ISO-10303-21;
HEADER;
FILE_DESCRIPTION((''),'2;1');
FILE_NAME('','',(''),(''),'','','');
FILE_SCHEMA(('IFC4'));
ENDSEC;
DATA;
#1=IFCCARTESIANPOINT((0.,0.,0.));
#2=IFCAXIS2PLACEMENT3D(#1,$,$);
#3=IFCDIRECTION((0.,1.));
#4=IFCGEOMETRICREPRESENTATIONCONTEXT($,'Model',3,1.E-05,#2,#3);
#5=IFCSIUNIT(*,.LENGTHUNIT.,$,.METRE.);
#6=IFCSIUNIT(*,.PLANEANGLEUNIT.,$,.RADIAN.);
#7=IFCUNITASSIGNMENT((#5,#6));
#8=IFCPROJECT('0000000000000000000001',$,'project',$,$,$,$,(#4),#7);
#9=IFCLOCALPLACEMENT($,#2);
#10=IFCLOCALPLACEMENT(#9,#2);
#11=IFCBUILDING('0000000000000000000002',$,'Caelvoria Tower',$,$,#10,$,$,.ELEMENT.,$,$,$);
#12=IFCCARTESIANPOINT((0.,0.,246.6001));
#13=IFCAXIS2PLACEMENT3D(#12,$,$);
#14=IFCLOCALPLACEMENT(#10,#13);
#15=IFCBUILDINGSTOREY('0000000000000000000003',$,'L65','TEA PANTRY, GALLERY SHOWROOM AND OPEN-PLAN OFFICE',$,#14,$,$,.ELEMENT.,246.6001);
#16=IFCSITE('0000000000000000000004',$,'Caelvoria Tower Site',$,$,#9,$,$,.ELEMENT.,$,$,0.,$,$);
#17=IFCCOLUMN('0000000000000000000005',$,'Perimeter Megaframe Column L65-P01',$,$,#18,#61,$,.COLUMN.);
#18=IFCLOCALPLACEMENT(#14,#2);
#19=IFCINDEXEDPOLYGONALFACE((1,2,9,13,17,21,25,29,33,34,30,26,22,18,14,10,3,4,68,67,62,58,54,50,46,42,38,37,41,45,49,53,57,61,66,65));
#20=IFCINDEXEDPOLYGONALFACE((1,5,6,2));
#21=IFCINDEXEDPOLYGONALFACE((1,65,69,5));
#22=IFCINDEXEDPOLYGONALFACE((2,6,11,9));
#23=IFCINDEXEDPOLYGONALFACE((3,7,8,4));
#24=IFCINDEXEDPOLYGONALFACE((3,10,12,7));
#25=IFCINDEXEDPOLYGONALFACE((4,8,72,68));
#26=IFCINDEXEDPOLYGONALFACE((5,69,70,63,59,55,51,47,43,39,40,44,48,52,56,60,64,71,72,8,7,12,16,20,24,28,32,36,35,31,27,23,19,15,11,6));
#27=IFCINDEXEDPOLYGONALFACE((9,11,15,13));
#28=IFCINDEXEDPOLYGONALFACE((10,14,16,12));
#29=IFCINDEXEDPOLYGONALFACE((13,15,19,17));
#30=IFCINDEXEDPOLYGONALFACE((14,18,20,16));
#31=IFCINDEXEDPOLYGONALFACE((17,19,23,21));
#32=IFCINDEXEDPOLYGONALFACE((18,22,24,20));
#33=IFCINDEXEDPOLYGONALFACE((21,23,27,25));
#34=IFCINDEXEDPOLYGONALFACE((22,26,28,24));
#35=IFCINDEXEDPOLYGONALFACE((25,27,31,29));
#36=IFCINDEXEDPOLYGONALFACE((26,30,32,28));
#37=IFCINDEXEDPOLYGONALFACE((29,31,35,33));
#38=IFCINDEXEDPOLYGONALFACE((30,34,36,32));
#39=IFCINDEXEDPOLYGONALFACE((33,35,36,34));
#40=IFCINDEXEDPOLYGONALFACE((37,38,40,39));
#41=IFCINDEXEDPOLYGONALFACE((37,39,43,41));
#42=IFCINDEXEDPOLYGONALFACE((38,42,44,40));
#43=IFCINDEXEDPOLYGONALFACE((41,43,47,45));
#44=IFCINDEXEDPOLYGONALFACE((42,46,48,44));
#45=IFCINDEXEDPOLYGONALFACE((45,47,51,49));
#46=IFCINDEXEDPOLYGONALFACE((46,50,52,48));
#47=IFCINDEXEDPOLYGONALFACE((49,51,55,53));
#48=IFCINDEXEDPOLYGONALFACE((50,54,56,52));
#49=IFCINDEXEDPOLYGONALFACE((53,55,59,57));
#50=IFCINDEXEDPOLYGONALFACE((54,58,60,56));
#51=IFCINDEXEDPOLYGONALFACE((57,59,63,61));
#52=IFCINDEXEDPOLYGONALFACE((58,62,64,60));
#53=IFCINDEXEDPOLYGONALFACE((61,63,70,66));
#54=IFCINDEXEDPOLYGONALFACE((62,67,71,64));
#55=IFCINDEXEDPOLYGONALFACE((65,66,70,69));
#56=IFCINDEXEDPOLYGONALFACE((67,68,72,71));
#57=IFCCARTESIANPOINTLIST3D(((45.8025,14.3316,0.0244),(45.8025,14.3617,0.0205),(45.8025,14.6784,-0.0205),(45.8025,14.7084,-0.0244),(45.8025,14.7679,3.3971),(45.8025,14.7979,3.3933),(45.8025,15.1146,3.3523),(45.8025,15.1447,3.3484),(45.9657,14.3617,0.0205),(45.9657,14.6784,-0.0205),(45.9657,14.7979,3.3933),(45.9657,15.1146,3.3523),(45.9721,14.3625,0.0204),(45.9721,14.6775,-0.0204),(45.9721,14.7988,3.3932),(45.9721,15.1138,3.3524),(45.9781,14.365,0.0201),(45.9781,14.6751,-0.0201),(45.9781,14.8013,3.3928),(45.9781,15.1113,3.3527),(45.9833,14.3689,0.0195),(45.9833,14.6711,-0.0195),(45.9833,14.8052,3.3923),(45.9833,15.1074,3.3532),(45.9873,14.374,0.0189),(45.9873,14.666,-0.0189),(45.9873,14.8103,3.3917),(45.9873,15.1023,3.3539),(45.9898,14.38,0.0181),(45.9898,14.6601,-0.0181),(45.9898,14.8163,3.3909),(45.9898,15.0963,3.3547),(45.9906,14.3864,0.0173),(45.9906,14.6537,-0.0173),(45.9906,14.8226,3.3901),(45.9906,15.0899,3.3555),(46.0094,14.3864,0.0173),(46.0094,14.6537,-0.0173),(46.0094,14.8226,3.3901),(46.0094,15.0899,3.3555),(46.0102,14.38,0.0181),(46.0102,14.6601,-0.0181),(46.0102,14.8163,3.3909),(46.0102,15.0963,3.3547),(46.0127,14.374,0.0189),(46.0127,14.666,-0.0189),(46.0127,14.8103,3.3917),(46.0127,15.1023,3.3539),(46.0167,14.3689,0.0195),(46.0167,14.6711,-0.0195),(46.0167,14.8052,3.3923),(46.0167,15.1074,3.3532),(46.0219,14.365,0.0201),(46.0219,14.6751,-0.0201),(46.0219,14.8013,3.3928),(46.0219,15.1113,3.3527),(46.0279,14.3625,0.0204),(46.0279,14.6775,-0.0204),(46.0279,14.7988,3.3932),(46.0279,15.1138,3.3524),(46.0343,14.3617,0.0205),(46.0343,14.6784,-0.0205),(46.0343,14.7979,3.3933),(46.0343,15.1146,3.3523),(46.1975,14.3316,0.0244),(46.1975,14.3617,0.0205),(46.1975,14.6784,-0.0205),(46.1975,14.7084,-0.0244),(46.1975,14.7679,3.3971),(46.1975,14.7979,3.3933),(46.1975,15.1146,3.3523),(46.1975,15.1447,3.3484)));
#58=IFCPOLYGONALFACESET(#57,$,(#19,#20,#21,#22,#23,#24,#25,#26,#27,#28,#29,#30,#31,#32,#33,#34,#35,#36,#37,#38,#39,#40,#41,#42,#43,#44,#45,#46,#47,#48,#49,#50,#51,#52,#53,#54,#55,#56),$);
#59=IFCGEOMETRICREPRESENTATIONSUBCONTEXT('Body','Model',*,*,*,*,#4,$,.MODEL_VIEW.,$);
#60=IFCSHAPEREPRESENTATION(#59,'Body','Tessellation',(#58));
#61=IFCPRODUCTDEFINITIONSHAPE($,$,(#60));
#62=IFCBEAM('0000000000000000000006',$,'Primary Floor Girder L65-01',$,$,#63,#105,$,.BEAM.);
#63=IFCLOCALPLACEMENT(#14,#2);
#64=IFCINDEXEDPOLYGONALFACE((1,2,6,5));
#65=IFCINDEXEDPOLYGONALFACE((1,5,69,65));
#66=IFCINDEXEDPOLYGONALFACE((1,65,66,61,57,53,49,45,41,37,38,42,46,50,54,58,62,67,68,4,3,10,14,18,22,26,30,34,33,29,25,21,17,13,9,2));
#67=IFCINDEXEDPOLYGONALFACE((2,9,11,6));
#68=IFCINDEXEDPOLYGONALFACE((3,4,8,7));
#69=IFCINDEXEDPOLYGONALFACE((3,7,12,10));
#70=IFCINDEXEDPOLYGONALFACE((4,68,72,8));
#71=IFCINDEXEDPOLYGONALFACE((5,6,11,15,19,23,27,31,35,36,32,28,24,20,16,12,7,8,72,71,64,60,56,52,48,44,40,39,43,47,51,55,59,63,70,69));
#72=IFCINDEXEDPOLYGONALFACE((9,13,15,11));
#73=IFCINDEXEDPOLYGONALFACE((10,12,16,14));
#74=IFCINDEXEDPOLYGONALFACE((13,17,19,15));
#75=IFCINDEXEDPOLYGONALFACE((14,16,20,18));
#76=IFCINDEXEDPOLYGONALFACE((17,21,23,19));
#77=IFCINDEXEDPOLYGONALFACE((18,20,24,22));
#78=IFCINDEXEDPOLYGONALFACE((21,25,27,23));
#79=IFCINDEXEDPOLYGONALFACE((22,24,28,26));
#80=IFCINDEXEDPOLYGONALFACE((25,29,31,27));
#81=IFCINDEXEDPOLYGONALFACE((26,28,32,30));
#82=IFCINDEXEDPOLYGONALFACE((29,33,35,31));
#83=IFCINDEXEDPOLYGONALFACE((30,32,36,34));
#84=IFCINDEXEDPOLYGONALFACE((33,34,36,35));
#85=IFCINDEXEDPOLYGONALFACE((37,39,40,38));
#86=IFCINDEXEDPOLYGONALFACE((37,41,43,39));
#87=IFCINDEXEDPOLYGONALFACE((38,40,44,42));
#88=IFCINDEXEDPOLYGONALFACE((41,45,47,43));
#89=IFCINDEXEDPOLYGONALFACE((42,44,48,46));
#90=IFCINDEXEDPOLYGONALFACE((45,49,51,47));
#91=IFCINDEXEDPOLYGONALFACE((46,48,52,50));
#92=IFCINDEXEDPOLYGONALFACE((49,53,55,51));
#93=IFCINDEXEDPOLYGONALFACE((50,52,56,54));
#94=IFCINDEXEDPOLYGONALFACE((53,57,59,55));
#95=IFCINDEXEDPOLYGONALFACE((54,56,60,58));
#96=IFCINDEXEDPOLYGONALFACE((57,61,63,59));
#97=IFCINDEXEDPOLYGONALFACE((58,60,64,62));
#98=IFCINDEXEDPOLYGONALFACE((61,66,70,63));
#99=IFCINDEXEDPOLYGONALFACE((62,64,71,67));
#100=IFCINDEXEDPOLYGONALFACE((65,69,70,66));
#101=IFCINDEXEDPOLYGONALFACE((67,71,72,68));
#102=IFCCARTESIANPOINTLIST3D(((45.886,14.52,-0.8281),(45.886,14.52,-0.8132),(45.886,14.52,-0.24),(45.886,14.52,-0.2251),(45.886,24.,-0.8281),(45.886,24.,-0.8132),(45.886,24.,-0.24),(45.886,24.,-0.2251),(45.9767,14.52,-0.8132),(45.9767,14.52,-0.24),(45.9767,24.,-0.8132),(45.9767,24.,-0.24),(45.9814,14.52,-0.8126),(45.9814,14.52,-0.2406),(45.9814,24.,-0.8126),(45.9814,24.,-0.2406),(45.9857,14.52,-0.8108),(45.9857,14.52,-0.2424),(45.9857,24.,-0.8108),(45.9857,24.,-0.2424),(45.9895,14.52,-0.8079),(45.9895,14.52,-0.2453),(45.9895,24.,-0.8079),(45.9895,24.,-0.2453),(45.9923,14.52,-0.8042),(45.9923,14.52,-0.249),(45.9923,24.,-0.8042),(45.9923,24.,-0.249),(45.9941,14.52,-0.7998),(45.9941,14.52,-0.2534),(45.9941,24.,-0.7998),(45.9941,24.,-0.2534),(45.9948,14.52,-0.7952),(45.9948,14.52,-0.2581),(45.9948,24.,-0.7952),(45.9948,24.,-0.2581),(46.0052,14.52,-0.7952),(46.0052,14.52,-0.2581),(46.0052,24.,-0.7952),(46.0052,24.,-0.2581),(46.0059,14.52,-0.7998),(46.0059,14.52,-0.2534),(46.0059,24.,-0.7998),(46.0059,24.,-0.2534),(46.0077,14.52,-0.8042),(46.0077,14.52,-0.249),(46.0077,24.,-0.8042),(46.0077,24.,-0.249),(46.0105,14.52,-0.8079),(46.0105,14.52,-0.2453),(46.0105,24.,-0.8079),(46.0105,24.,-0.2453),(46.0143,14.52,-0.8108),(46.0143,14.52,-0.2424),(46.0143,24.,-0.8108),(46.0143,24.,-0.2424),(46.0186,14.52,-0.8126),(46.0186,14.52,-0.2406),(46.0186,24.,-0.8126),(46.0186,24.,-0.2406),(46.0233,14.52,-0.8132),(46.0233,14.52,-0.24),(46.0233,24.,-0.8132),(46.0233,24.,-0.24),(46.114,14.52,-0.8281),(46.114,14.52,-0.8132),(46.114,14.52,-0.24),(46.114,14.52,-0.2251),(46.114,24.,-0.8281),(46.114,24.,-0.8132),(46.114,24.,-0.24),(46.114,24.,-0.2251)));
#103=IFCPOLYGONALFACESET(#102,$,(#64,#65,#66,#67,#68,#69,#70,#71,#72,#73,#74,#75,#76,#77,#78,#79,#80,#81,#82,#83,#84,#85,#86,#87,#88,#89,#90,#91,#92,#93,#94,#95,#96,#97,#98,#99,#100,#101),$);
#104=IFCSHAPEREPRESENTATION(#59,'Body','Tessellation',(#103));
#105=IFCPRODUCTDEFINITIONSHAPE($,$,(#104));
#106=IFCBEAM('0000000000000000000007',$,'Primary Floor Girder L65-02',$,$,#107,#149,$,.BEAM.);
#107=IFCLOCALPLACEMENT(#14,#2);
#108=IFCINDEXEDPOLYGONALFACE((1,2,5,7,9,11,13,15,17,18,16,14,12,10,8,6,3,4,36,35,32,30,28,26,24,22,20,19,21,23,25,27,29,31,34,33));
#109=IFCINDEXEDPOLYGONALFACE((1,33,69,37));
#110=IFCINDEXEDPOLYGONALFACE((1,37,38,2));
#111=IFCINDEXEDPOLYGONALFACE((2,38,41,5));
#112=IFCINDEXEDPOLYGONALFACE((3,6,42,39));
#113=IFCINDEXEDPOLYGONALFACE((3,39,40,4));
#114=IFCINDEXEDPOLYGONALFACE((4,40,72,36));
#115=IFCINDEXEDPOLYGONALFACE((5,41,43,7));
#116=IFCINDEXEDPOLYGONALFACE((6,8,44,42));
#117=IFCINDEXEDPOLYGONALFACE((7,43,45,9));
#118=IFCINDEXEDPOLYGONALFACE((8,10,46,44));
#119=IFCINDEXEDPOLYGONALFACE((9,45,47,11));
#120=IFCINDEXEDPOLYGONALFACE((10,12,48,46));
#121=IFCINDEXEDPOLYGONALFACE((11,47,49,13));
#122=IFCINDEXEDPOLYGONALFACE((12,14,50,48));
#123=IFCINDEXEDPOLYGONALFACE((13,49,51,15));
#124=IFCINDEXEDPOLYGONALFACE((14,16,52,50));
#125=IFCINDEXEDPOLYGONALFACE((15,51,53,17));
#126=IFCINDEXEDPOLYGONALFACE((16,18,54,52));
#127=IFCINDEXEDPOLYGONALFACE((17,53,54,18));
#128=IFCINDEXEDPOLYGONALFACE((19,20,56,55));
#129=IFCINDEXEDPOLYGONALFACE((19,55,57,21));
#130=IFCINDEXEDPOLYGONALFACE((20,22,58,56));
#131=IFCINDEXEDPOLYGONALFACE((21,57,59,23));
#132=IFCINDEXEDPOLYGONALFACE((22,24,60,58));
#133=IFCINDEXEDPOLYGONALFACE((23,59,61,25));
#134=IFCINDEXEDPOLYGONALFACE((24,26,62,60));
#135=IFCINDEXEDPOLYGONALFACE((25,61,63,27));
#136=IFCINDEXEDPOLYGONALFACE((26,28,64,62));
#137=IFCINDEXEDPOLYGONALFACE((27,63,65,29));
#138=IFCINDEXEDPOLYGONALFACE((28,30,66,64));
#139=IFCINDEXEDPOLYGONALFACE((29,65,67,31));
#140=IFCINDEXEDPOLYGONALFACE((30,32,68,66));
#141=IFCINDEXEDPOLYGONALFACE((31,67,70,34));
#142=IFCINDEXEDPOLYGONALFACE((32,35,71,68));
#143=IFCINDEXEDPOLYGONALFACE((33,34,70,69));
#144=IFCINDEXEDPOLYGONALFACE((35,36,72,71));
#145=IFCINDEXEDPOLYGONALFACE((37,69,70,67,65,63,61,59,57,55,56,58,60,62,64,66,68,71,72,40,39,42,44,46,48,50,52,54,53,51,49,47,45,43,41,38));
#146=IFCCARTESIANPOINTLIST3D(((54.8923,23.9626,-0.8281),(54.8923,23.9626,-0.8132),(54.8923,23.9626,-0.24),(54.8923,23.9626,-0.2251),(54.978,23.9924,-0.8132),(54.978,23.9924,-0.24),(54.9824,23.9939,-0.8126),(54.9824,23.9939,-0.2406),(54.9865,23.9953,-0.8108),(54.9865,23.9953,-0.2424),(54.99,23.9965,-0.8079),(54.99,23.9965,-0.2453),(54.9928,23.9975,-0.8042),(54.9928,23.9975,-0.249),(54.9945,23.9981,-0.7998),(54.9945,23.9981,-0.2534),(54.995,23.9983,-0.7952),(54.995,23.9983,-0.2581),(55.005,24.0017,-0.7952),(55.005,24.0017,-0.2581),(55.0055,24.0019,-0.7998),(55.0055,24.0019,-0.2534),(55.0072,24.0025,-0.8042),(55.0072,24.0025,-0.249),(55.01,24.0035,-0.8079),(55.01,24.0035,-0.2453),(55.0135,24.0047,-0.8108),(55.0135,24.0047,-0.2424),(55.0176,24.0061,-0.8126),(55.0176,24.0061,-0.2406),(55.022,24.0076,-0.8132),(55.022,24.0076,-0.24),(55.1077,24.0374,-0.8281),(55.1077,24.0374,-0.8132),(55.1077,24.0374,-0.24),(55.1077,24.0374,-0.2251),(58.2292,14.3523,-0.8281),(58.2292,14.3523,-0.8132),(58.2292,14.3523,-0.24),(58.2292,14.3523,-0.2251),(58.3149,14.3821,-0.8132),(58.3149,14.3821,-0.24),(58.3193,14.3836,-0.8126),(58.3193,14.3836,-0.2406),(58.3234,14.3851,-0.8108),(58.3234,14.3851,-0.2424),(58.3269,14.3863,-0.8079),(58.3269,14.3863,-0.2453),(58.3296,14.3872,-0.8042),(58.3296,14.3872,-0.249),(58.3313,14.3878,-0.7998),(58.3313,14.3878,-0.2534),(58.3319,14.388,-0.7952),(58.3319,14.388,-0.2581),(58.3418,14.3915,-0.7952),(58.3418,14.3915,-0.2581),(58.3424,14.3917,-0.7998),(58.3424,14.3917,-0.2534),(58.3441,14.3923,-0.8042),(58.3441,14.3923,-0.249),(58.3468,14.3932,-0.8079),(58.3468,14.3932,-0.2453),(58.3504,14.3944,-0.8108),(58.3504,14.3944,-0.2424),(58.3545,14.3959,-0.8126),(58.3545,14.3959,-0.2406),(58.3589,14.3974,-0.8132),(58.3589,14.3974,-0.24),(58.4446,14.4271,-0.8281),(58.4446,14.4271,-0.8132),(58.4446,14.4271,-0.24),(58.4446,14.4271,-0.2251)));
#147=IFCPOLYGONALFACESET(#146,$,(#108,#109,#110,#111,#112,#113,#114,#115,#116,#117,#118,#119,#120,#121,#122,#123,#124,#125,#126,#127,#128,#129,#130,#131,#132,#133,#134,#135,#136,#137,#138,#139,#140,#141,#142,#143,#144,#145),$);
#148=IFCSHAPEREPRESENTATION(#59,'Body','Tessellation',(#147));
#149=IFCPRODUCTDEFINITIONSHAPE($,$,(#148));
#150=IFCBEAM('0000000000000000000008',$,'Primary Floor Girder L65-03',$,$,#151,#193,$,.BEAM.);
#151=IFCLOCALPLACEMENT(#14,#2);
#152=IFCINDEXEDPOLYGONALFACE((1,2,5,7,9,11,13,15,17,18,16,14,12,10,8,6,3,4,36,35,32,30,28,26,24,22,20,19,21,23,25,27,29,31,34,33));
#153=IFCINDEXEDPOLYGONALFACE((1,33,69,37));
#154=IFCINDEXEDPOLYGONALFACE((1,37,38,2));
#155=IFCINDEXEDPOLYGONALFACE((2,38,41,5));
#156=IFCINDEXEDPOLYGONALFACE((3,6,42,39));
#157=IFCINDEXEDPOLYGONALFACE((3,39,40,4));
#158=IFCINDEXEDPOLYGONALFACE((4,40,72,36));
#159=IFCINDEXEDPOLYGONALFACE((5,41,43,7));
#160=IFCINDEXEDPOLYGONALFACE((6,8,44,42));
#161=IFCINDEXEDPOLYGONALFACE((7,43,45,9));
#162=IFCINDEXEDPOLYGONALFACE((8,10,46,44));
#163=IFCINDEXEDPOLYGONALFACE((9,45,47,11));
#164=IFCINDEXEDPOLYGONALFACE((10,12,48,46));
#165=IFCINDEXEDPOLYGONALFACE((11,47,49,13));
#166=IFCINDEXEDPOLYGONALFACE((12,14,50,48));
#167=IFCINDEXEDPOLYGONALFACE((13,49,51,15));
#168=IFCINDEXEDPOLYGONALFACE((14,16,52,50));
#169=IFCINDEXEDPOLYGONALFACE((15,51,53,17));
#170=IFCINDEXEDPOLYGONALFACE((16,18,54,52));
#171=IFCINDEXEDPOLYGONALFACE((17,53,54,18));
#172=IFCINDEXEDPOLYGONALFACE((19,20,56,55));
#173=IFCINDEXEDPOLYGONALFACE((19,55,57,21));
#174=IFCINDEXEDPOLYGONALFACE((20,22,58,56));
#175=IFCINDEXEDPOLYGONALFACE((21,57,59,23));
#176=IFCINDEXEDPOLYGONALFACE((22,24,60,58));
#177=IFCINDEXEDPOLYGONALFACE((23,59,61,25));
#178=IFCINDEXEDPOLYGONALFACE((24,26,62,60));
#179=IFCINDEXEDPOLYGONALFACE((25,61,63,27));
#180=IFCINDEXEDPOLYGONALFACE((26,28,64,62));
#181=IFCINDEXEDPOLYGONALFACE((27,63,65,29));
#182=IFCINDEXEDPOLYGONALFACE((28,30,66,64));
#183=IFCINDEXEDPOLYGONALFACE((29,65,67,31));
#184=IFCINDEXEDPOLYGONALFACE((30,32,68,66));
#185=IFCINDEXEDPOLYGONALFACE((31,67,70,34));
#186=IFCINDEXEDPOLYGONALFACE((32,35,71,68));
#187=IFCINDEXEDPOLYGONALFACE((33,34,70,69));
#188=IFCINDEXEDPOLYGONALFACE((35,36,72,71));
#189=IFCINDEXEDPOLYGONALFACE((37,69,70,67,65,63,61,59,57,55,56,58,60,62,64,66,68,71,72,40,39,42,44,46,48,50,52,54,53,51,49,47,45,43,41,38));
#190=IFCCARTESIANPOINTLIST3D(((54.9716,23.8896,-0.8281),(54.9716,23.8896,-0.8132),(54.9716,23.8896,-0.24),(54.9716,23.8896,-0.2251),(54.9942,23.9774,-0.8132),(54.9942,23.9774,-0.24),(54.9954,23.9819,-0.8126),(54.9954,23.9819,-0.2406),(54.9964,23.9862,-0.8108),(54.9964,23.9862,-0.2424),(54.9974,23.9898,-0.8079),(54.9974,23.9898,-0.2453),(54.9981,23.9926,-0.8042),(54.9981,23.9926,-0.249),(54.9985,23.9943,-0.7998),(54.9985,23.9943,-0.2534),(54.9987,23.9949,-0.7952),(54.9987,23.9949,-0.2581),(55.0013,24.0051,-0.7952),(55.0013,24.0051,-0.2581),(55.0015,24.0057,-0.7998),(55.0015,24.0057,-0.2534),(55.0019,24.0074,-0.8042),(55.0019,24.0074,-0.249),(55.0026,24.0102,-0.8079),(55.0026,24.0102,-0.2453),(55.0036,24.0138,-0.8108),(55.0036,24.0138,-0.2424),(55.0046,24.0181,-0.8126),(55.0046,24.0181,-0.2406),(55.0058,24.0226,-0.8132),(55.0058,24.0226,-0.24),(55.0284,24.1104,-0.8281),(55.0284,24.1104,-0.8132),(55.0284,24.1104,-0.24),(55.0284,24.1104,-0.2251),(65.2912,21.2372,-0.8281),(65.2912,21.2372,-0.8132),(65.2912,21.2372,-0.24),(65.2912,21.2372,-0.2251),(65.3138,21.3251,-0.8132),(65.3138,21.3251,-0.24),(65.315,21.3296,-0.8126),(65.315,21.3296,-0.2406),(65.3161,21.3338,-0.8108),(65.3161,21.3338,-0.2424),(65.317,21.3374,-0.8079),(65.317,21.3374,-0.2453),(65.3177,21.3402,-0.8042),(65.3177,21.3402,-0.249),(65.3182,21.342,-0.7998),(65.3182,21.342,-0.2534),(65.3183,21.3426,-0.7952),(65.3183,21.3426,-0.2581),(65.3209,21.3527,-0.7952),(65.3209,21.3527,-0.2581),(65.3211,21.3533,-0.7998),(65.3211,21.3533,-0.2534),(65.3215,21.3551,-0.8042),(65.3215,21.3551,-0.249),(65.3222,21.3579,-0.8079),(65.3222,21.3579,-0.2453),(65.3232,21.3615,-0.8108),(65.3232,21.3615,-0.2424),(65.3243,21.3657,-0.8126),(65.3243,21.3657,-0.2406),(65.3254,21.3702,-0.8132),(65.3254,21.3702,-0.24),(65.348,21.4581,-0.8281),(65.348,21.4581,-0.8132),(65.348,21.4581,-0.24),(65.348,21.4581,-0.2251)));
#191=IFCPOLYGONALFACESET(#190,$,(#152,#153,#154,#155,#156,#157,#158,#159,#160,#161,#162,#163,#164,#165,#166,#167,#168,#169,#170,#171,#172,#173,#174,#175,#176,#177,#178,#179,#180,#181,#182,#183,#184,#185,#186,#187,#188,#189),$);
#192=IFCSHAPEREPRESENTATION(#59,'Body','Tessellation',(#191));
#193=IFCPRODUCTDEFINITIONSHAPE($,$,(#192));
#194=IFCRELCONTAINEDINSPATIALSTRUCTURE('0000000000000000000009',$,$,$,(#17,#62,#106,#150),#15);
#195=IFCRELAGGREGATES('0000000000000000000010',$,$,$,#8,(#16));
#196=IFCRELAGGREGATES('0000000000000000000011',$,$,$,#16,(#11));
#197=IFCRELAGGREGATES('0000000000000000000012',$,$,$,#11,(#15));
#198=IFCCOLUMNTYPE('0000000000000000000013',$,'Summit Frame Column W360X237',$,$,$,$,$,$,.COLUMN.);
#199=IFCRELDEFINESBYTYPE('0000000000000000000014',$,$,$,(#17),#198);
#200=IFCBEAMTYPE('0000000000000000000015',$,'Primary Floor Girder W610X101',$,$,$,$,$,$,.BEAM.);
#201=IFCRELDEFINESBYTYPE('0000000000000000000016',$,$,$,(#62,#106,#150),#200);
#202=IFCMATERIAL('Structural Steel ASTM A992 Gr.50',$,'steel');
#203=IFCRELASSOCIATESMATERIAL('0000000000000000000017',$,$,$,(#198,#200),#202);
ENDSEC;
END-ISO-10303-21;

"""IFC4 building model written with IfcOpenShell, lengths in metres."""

from ifc_helpers import new_model, si_unit, direction, frame, origin, origin_2d, place, context, subcontext, project, spatial, i_section, extrude, material, material_profile, profile_set, type_object, element, save


model = new_model("IFC4")

# Units and contexts
model_context = context("Model", 3, precision=1e-05, world=origin(), true_north=direction((0.0, 1.0)))
body_context = subcontext(model_context, "Body", "Model", "MODEL_VIEW")
ifc_project = project(units=[si_unit("LENGTHUNIT", "METRE"), si_unit("PLANEANGLEUNIT", "RADIAN")], contexts=[model_context])

# Site, building, storey
site_placement = place(None, origin())
site = spatial("IfcSite", under=ifc_project, at=site_placement, Name="Caelvoria Tower Site", CompositionType="ELEMENT", RefElevation=0.0)
building_placement = place(site_placement, origin())
building = spatial("IfcBuilding", under=site, at=building_placement, Name="Caelvoria Tower", CompositionType="ELEMENT")
storey_placement = place(building_placement, frame((0.0, 0.0, 246.6001)))
storey = spatial("IfcBuildingStorey", under=building, at=storey_placement, Name="L65", Description="TEA PANTRY, GALLERY SHOWROOM AND OPEN-PLAN OFFICE", CompositionType="ELEMENT", Elevation=246.6001)

# Column
ifc_material_1 = material(Name="Structural Steel ASTM A992 Gr.50", Category="steel")
ifc_material_profile_1 = material_profile(ifc_material_1, i_section(OverallWidth=0.395, OverallDepth=0.3799, WebThickness=0.0188, FlangeThickness=0.0303, FilletRadius=0.0249, at=origin_2d()), Name="Structural Steel ASTM A992 Gr.50")
ifc_profile_set_1 = profile_set([ifc_material_profile_1], Name="W360X237 - Structural Steel ASTM A992 Gr.50")
column_type = type_object("IfcColumnType", Name="Summit Frame Column W360X237", PredefinedType="COLUMN", material=ifc_profile_set_1)
column_placement = place(storey_placement, frame((46.0, 14.52, 0.0), z_axis=(0.0, 0.128283, 0.991738), x_axis=(-1.0, 0.0, 0.0)))
element("IfcColumn", 1, at=column_placement, inside=storey, type_object=column_type, Name="Perimeter Megaframe Column L65-P01", PredefinedType="COLUMN", context=body_context, shape_type="SweptSolid", body=[
    extrude(i_section(OverallWidth=0.395, OverallDepth=0.3799, WebThickness=0.0188, FlangeThickness=0.0303, FilletRadius=0.0249, at=origin_2d()), origin(), (0.0, 0.0, 1.0), 3.4009),
])

# Beams
ifc_material_profile_2 = material_profile(ifc_material_1, i_section(OverallWidth=0.228, OverallDepth=0.603, WebThickness=0.0105, FlangeThickness=0.0149, FilletRadius=0.0181, at=origin_2d()), Name="Structural Steel ASTM A992 Gr.50")
ifc_profile_set_2 = profile_set([ifc_material_profile_2], Name="W610X101 - Structural Steel ASTM A992 Gr.50")
beam_type_1 = type_object("IfcBeamType", Name="Primary Floor Girder W610X101", PredefinedType="BEAM", material=ifc_profile_set_2)
beam_1_placement = place(storey_placement, frame((46.0, 24.0, -0.5266), z_axis=(0.0, -1.0, 0.0), x_axis=(1.0, 0.0, 0.0)))
element("IfcBeam", 2, at=beam_1_placement, inside=storey, type_object=beam_type_1, Name="Primary Floor Girder L65-01", PredefinedType="BEAM", context=body_context, shape_type="SweptSolid", body=[
    extrude(i_section(OverallWidth=0.228, OverallDepth=0.603, WebThickness=0.0105, FlangeThickness=0.0149, FilletRadius=0.0181, at=origin_2d()), origin(), (0.0, 0.0, 1.0), 9.48),
])
beam_2_placement = place(storey_placement, frame((55.0, 24.0, -0.5266), z_axis=(0.32801, -0.944674, 0.0), x_axis=(0.944674, 0.32801, 0.0)))
element("IfcBeam", 3, at=beam_2_placement, inside=storey, type_object=beam_type_1, Name="Primary Floor Girder L65-02", PredefinedType="BEAM", context=body_context, shape_type="SweptSolid", body=[
    extrude(i_section(OverallWidth=0.228, OverallDepth=0.603, WebThickness=0.0105, FlangeThickness=0.0149, FilletRadius=0.0181, at=origin_2d()), origin(), (0.0, 0.0, 1.0), 10.1731),
])
beam_3_placement = place(storey_placement, frame((55.0, 24.0, -0.5266), z_axis=(0.968522, -0.24893, 0.0), x_axis=(0.24893, 0.968522, 0.0)))
element("IfcBeam", 4, at=beam_3_placement, inside=storey, type_object=beam_type_1, Name="Primary Floor Girder L65-03", PredefinedType="BEAM", context=body_context, shape_type="SweptSolid", body=[
    extrude(i_section(OverallWidth=0.228, OverallDepth=0.603, WebThickness=0.0105, FlangeThickness=0.0149, FilletRadius=0.0181, at=origin_2d()), origin(), (0.0, 0.0, 1.0), 10.655),
])

save(model, "model.ifc")
